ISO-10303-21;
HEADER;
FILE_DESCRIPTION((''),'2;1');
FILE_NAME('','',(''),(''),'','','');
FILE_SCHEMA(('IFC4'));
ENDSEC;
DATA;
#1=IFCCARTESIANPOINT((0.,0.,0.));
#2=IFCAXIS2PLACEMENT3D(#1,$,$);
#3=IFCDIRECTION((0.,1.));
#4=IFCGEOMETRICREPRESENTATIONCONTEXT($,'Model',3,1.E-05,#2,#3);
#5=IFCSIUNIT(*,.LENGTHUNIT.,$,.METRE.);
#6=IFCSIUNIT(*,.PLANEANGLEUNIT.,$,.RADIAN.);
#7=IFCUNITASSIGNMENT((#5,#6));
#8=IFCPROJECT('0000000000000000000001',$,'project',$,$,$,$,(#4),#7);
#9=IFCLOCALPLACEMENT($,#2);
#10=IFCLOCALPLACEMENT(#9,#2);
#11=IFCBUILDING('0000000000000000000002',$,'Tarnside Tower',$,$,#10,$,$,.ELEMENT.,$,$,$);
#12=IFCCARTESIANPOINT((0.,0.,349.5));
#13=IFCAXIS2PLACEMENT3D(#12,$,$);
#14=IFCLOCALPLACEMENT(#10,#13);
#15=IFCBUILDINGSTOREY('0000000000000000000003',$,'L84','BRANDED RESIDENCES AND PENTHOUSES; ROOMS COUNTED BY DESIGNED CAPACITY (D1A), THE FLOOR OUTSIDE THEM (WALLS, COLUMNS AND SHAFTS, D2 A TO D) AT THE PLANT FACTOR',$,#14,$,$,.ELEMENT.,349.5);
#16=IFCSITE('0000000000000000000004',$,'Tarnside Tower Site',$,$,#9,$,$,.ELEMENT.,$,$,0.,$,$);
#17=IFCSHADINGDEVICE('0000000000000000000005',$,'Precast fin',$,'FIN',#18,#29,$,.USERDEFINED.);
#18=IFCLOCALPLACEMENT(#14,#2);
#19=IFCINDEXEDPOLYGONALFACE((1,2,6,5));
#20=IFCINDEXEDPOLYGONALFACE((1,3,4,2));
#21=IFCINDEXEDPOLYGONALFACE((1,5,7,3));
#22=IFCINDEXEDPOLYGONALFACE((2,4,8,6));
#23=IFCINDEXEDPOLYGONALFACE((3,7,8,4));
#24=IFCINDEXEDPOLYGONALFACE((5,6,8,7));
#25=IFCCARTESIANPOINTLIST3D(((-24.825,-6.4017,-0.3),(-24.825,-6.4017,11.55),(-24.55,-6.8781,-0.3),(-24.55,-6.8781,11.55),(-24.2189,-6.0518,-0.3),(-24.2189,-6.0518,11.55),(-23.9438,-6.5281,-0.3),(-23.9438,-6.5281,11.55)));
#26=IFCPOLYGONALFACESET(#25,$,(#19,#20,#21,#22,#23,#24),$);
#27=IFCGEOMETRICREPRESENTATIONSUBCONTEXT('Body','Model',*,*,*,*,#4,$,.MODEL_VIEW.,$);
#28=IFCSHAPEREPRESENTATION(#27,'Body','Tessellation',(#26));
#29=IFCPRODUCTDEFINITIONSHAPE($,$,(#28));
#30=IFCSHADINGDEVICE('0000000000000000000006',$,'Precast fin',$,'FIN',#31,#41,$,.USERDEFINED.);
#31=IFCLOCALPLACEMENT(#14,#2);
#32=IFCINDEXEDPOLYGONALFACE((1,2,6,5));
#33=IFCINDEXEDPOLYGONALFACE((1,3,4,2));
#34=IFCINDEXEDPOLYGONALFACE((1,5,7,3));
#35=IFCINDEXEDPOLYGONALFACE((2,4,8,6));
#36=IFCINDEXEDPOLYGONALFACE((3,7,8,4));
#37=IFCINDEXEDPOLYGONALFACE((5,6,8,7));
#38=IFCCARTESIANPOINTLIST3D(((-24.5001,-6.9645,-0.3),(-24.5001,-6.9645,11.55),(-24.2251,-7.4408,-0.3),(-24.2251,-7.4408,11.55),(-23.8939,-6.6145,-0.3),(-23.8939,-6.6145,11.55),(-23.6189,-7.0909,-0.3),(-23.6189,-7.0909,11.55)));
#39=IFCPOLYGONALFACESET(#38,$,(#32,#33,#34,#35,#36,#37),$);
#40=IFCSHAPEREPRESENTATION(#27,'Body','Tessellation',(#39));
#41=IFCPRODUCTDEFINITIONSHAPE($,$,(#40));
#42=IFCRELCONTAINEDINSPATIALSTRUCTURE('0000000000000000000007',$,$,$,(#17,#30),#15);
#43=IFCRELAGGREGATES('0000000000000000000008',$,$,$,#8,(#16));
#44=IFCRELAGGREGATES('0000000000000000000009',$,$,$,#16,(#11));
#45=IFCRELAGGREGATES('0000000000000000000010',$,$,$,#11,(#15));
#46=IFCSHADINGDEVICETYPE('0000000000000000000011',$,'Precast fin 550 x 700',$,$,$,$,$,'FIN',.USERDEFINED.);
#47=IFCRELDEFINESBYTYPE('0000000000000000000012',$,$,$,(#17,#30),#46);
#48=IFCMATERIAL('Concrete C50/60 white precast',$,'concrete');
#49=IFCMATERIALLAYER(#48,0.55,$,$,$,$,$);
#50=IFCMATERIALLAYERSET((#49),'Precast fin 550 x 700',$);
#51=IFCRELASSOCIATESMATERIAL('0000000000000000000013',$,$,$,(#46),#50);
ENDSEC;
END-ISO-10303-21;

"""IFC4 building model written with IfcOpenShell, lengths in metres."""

from ifc_helpers import new_model, si_unit, direction, frame, origin, place, context, subcontext, project, spatial, polyline, outline, extrude, material, layer, layer_set, type_object, element, save


model = new_model("IFC4")

# Units and contexts
model_context = context("Model", 3, precision=1e-05, world=origin(), true_north=direction((0.0, 1.0)))
body_context = subcontext(model_context, "Body", "Model", "MODEL_VIEW")
ifc_project = project(units=[si_unit("LENGTHUNIT", "METRE"), si_unit("PLANEANGLEUNIT", "RADIAN")], contexts=[model_context])

# Site, building, storey
site_placement = place(None, origin())
site = spatial("IfcSite", under=ifc_project, at=site_placement, Name="Tarnside Tower Site", CompositionType="ELEMENT", RefElevation=0.0)
building_placement = place(site_placement, origin())
building = spatial("IfcBuilding", under=site, at=building_placement, Name="Tarnside Tower", CompositionType="ELEMENT")
storey_placement = place(building_placement, frame((0.0, 0.0, 349.5)))
storey = spatial("IfcBuildingStorey", under=building, at=storey_placement, Name="L84", Description="BRANDED RESIDENCES AND PENTHOUSES; ROOMS COUNTED BY DESIGNED CAPACITY (D1A), THE FLOOR OUTSIDE THEM (WALLS, COLUMNS AND SHAFTS, D2 A TO D) AT THE PLANT FACTOR", CompositionType="ELEMENT", Elevation=349.5)

# Shading devices
ifc_material_1 = material(Name="Concrete C50/60 white precast", Category="concrete")
ifc_layer_1 = layer(ifc_material_1, 0.55)
ifc_layer_set_1 = layer_set([ifc_layer_1], Name="Precast fin 550 x 700")
shading_device_type_1 = type_object("IfcShadingDeviceType", Name="Precast fin 550 x 700", ElementType="FIN", PredefinedType="USERDEFINED", material=ifc_layer_set_1)
for number, where, z_axis, x_axis, name in (
    (1, (-24.0813, -6.29, -0.3), (-0.5, 0.866025, 0.0), (-0.866025, -0.5, 0.0), "Precast fin"),
    (2, (-23.7563, -6.8528, -0.3), (-0.5, 0.866025, 0.0), (-0.866025, -0.5, 0.0), "Precast fin"),
):
    element("IfcShadingDevice", number, at=place(storey_placement, frame(where, z_axis=z_axis, x_axis=x_axis)), inside=storey, type_object=shading_device_type_1, Name=name, ObjectType="FIN", PredefinedType="USERDEFINED", context=body_context, shape_type="SweptSolid", body=[
        extrude(outline(polyline([(0.0, 0.0), (0.7, 0.0), (0.7, 11.8501), (0.0, 11.8501), (0.0, 0.0)])), frame((0.0, 0.0, -0.2749)), (0.0, 0.0, 1.0), 0.55),
    ])

save(model, "model.ifc")
